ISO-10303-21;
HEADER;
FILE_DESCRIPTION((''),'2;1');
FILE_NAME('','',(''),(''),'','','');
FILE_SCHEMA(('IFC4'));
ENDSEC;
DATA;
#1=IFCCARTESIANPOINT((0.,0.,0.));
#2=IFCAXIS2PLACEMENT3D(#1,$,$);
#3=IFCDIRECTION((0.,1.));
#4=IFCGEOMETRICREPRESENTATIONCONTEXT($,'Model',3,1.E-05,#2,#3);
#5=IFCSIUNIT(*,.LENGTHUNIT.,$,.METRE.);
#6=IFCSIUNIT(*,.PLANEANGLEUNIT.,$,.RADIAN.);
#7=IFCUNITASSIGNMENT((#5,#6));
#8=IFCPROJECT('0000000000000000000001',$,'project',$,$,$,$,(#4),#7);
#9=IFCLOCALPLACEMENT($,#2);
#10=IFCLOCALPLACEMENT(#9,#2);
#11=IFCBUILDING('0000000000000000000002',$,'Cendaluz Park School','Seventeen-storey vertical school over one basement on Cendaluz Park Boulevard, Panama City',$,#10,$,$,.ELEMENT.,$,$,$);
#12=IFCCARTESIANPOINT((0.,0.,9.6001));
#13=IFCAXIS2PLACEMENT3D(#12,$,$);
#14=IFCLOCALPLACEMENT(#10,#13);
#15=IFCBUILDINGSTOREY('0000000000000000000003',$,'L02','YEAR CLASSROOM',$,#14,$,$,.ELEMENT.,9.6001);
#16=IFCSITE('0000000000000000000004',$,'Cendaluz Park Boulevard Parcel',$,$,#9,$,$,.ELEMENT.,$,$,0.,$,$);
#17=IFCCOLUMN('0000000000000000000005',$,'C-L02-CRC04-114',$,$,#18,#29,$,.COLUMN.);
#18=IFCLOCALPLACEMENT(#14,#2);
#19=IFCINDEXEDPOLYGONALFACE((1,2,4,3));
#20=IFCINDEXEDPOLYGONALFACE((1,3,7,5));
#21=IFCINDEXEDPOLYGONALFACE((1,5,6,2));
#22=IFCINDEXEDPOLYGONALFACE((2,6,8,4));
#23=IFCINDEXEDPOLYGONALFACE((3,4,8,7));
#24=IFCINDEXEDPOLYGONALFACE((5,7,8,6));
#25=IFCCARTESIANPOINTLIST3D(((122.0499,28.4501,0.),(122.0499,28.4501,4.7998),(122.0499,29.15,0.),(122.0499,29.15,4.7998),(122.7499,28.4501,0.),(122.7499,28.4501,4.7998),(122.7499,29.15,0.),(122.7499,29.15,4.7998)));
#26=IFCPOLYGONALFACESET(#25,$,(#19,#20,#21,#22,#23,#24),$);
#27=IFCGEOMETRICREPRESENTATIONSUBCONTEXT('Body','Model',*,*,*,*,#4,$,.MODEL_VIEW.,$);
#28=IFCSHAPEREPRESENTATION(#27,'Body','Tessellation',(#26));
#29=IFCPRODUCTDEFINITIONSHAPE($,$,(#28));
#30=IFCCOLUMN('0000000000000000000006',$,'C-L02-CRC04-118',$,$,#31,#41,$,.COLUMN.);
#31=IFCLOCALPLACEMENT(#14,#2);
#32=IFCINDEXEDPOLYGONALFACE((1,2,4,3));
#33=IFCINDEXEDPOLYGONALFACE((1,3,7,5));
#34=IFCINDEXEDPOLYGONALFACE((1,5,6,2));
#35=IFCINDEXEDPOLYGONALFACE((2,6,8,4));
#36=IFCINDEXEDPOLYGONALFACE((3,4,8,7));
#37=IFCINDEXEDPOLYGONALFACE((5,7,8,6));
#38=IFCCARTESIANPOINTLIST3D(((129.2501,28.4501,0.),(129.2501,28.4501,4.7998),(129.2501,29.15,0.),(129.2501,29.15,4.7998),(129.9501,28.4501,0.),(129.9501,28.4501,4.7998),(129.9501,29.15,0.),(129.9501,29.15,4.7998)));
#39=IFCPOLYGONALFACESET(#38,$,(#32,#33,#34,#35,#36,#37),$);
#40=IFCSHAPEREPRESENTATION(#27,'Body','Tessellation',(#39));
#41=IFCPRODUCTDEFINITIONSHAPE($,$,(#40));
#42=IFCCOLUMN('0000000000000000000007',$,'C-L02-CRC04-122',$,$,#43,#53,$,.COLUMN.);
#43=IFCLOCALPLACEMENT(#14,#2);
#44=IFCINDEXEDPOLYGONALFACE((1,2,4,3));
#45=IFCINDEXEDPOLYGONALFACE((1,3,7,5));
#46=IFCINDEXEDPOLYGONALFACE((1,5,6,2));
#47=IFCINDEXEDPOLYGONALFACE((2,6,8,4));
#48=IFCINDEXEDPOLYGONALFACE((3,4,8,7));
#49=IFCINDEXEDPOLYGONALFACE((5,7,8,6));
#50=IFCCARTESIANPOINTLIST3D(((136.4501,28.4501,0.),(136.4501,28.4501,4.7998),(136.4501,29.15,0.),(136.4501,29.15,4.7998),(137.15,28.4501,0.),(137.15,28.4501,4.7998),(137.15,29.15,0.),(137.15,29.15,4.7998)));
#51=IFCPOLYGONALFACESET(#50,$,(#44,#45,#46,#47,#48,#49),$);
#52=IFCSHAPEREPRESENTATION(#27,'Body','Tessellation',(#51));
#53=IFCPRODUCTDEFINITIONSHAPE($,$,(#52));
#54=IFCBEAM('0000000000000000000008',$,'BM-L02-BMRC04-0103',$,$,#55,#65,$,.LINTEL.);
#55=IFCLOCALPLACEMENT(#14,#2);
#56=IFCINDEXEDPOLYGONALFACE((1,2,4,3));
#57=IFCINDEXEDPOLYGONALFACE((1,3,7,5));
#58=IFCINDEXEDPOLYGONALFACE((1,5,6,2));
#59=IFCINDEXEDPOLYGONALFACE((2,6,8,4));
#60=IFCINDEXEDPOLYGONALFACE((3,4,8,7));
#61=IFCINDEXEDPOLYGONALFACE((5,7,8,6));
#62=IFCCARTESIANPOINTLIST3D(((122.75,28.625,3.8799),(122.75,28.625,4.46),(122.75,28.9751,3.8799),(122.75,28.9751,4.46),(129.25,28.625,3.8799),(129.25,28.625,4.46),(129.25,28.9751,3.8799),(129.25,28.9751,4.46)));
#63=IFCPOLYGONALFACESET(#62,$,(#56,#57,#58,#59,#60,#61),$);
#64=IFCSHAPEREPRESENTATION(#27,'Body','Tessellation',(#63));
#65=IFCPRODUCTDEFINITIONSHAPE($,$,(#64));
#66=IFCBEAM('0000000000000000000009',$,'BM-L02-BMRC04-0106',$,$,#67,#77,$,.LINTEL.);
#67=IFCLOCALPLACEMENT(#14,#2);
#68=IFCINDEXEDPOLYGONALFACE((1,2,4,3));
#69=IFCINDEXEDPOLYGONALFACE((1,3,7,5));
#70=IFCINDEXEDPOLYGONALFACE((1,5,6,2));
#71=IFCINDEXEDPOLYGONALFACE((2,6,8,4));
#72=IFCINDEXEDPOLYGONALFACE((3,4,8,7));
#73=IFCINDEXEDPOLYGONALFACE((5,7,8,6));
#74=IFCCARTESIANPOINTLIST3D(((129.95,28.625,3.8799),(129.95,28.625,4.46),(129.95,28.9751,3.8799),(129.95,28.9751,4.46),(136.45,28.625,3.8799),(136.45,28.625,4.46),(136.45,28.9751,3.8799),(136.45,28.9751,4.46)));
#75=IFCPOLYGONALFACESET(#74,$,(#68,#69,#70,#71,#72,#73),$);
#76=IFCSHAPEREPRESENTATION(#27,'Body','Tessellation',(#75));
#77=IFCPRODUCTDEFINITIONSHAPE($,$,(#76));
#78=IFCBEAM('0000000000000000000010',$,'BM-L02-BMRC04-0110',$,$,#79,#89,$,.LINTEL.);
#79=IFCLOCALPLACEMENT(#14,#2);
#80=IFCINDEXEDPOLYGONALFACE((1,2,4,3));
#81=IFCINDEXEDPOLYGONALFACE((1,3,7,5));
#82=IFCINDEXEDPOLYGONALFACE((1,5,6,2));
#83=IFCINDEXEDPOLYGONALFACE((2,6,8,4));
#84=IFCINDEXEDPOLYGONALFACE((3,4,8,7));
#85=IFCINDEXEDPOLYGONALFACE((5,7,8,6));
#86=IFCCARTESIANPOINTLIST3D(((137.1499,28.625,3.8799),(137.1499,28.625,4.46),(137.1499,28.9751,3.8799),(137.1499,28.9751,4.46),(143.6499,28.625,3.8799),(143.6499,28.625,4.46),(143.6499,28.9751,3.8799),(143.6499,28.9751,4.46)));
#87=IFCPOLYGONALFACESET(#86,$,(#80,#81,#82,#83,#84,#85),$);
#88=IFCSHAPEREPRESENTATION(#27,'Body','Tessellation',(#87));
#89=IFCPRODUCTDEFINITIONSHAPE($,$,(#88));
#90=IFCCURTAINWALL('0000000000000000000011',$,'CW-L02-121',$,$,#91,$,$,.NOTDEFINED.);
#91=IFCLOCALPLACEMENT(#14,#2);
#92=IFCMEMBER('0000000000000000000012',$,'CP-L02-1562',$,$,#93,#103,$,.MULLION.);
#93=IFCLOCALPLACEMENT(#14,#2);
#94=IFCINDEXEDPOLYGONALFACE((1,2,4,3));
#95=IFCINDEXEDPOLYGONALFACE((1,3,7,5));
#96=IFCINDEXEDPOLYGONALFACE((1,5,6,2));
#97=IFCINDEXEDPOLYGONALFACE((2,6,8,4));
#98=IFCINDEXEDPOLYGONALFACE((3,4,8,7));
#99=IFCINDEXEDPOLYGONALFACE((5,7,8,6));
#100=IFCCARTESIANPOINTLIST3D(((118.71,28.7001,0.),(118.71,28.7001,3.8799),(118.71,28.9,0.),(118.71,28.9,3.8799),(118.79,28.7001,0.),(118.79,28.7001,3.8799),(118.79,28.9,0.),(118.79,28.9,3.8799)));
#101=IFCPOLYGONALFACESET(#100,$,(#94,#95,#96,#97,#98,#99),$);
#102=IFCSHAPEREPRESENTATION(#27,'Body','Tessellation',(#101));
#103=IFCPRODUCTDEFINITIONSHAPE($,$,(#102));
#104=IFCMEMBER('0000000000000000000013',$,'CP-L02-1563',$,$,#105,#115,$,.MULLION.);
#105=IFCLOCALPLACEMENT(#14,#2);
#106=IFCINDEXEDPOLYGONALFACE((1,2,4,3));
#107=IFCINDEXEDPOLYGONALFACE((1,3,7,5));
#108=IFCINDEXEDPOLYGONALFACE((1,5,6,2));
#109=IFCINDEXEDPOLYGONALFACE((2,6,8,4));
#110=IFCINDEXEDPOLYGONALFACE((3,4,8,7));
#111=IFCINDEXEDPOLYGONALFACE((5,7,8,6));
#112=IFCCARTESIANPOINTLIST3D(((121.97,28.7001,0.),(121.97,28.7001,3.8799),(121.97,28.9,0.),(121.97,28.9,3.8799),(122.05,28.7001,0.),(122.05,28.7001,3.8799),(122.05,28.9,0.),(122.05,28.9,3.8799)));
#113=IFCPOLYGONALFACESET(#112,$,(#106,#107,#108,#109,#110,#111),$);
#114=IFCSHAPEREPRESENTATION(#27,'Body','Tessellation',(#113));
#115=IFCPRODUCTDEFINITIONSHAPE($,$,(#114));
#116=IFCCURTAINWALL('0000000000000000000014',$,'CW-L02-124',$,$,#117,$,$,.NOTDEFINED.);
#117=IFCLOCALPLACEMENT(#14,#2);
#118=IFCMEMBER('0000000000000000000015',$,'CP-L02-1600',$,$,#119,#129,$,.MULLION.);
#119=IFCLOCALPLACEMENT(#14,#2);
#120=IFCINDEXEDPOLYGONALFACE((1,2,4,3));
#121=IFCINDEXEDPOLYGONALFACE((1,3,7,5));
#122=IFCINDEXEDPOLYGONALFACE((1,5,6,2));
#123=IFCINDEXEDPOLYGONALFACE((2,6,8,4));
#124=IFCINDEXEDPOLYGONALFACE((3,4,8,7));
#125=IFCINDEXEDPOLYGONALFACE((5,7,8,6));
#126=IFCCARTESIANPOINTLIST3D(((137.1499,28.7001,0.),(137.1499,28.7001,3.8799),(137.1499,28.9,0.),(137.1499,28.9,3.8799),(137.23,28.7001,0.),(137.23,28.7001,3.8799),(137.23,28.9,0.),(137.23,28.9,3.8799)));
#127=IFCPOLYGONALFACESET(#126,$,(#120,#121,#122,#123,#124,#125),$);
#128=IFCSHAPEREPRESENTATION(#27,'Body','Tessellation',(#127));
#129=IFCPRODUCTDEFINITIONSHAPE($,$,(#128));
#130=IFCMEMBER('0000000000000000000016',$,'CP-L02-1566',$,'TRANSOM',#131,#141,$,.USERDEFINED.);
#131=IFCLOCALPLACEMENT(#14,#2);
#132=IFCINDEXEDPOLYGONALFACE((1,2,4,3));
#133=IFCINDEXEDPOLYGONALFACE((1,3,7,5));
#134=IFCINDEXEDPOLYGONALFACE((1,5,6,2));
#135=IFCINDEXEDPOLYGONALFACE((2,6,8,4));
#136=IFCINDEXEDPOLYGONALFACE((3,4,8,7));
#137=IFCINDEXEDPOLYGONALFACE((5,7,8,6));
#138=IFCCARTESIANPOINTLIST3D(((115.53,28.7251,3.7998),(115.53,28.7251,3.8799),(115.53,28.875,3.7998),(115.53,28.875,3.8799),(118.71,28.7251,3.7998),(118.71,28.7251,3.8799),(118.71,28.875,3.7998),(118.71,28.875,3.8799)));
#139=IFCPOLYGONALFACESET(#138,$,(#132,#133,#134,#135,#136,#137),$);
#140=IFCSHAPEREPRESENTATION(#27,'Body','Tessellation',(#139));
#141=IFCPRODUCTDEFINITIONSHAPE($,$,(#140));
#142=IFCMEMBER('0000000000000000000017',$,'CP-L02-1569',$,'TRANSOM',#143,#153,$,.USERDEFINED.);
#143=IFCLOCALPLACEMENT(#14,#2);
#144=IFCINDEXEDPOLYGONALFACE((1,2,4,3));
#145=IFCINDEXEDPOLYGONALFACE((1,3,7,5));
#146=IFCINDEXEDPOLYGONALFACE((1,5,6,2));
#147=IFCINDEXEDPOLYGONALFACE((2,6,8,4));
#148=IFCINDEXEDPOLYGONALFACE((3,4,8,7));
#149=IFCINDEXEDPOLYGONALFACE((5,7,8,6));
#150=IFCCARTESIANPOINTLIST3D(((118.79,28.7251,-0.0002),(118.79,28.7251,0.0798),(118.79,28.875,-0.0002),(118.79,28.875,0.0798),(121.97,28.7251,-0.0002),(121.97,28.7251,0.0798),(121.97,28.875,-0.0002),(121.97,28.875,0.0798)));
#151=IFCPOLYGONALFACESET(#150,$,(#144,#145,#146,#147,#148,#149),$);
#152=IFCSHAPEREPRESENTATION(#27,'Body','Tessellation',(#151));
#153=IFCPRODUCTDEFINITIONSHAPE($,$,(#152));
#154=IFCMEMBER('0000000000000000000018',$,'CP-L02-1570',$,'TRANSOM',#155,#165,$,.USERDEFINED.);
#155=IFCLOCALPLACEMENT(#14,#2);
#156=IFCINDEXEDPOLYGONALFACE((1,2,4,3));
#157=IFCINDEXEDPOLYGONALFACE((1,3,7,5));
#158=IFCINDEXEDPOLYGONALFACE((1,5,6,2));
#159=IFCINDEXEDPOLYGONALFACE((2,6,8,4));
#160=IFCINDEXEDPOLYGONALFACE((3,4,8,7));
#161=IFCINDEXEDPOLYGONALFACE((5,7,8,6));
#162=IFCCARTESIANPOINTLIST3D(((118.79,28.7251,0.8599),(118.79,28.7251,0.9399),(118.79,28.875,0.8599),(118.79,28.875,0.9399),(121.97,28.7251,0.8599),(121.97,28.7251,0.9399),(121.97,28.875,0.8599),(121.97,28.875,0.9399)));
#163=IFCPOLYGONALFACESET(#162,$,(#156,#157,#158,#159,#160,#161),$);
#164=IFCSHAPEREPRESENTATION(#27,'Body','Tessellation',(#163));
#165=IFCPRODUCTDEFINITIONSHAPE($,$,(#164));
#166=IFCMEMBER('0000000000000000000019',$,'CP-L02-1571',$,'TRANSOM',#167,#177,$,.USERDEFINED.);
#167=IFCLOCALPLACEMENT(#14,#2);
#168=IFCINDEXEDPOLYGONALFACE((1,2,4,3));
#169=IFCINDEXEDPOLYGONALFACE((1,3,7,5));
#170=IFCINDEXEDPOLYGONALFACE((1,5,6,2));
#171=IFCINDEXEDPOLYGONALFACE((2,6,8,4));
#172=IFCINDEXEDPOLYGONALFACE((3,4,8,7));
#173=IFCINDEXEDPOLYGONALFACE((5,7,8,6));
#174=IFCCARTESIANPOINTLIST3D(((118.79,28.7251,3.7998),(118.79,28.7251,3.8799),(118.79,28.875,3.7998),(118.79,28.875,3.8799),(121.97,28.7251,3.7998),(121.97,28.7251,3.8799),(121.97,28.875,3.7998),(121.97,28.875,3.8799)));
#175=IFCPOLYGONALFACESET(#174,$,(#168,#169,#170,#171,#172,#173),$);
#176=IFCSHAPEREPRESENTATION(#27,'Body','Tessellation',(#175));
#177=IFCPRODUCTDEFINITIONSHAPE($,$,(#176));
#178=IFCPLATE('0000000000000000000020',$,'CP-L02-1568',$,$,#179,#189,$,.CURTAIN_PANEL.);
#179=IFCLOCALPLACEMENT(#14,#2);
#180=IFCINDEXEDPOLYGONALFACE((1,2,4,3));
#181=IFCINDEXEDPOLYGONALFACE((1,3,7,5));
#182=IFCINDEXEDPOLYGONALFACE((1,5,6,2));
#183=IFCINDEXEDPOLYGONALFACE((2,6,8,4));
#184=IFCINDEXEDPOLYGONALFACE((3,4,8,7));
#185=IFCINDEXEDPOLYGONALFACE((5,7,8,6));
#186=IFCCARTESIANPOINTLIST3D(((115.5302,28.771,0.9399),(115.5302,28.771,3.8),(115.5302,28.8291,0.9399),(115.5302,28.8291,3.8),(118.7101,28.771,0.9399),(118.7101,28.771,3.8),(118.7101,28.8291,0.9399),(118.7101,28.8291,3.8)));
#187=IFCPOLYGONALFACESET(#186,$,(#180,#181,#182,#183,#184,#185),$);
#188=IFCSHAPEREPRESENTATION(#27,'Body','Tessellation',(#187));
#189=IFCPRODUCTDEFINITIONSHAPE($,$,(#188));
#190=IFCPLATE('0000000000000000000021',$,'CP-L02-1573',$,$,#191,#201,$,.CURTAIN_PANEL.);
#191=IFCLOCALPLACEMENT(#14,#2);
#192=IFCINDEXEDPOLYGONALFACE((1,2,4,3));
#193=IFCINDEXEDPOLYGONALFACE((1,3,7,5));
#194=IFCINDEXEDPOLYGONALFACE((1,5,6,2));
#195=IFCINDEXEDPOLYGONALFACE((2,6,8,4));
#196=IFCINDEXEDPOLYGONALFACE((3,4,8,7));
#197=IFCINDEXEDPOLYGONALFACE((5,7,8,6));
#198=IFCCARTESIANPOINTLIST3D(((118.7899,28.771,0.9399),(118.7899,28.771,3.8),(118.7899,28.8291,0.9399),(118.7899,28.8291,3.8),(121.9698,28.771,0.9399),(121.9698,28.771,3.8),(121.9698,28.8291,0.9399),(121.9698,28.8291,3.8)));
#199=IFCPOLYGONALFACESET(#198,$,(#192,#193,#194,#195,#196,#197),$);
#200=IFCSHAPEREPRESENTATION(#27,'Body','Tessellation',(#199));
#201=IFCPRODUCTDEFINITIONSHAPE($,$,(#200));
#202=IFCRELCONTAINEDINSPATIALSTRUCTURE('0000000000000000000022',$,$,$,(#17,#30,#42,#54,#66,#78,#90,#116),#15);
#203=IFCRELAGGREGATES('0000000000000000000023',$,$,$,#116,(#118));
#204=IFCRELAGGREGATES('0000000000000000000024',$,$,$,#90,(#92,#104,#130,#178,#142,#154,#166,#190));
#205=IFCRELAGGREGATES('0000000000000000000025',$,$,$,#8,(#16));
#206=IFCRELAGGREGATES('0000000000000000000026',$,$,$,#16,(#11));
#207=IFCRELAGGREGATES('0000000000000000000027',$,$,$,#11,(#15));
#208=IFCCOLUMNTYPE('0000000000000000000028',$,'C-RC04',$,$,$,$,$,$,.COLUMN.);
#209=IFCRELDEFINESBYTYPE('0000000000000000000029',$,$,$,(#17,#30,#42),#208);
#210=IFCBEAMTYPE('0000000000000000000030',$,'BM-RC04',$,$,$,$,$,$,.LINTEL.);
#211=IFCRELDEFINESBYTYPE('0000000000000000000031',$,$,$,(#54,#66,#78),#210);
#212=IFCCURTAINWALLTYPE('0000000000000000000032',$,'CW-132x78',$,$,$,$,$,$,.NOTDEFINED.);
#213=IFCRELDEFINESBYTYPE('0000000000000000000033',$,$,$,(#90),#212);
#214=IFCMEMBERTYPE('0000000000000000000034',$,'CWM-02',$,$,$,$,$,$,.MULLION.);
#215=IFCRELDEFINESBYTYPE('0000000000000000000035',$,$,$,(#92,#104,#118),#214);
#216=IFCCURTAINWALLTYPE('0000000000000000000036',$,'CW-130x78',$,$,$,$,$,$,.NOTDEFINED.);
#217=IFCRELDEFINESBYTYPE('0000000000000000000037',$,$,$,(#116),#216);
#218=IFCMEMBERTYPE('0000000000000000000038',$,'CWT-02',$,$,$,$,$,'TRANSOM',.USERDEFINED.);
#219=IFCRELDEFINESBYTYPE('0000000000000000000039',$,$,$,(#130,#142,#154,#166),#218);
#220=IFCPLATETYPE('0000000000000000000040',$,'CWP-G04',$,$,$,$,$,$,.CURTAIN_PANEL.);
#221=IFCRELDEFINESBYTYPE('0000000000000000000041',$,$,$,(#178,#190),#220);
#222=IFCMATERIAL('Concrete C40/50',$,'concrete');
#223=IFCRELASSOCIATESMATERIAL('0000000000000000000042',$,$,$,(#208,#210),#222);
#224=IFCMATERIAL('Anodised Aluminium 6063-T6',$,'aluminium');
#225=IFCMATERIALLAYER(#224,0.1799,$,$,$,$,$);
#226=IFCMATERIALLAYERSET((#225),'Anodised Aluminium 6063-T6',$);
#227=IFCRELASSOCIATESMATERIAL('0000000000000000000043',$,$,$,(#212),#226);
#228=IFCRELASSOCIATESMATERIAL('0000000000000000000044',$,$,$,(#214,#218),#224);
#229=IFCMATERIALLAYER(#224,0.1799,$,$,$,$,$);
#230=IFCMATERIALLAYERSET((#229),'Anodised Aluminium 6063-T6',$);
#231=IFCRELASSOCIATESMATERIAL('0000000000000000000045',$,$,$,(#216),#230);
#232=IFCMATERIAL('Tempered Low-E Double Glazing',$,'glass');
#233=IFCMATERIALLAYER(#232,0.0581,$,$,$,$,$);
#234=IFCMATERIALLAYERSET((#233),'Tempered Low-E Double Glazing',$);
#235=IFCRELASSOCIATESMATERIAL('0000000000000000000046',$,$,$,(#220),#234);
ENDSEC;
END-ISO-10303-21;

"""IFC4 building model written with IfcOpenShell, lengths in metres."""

from ifc_helpers import new_model, si_unit, direction, frame, origin, origin_2d, place, context, subcontext, project, spatial, rectangle, extrude, material, layer, layer_set, material_profile, profile_set, type_object, element, aggregate, save


model = new_model("IFC4")

# Units and contexts
model_context = context("Model", 3, precision=1e-05, world=origin(), true_north=direction((0.0, 1.0)))
body_context = subcontext(model_context, "Body", "Model", "MODEL_VIEW")
ifc_project = project(units=[si_unit("LENGTHUNIT", "METRE"), si_unit("PLANEANGLEUNIT", "RADIAN")], contexts=[model_context])

# Site, building, storey
site_placement = place(None, origin())
site = spatial("IfcSite", under=ifc_project, at=site_placement, Name="Cendaluz Park Boulevard Parcel", CompositionType="ELEMENT", RefElevation=0.0)
building_placement = place(site_placement, origin())
building = spatial("IfcBuilding", under=site, at=building_placement, Name="Cendaluz Park School", Description="Seventeen-storey vertical school over one basement on Cendaluz Park Boulevard, Panama City", CompositionType="ELEMENT")
storey_placement = place(building_placement, frame((0.0, 0.0, 9.6001)))
storey = spatial("IfcBuildingStorey", under=building, at=storey_placement, Name="L02", Description="YEAR CLASSROOM", CompositionType="ELEMENT", Elevation=9.6001)

# Columns
ifc_material_1 = material(Name="Concrete C40/50", Category="concrete")
ifc_material_profile_1 = material_profile(ifc_material_1, rectangle(XDim=0.7, YDim=0.7, at=origin_2d()), Name="RC 700x700", Category="concrete")
ifc_profile_set_1 = profile_set([ifc_material_profile_1], Name="Concrete C40/50")
column_type = type_object("IfcColumnType", Name="C-RC04", PredefinedType="COLUMN", material=ifc_profile_set_1)
for number, where, z_axis, x_axis, name in (
    (1, (122.3999, 28.8, 0.0), (0.0, 0.0, 1.0), (1.0, 0.0, 0.0), "C-L02-CRC04-114"),
    (2, (129.6001, 28.8, 0.0), (0.0, 0.0, 1.0), (1.0, 0.0, 0.0), "C-L02-CRC04-118"),
    (3, (136.8, 28.8, 0.0), (0.0, 0.0, 1.0), (1.0, 0.0, 0.0), "C-L02-CRC04-122"),
):
    element("IfcColumn", number, at=place(storey_placement, frame(where, z_axis=z_axis, x_axis=x_axis)), inside=storey, type_object=column_type, Name=name, PredefinedType="COLUMN", context=body_context, shape_type="SweptSolid", body=[
        extrude(rectangle(XDim=0.7, YDim=0.7, at=origin_2d()), origin(), (0.0, 0.0, 1.0), 4.7998),
    ])

# Beams
ifc_material_profile_2 = material_profile(ifc_material_1, rectangle(XDim=0.3501, YDim=0.5801, at=origin_2d()), Name="RC 350x580", Category="concrete")
ifc_profile_set_2 = profile_set([ifc_material_profile_2], Name="Concrete C40/50")
beam_type = type_object("IfcBeamType", Name="BM-RC04", PredefinedType="LINTEL", material=ifc_profile_set_2)
for number, where, z_axis, x_axis, name in (
    (4, (122.75, 28.8, 4.1699), (1.0, 0.0, 0.0), (0.0, 1.0, 0.0), "BM-L02-BMRC04-0103"),
    (5, (129.95, 28.8, 4.1699), (1.0, 0.0, 0.0), (0.0, 1.0, 0.0), "BM-L02-BMRC04-0106"),
    (6, (137.1499, 28.8, 4.1699), (1.0, 0.0, 0.0), (0.0, 1.0, 0.0), "BM-L02-BMRC04-0110"),
):
    element("IfcBeam", number, at=place(storey_placement, frame(where, z_axis=z_axis, x_axis=x_axis)), inside=storey, type_object=beam_type, Name=name, PredefinedType="LINTEL", context=body_context, shape_type="SweptSolid", body=[
        extrude(rectangle(XDim=0.3501, YDim=0.5801, at=origin_2d()), origin(), (0.0, 0.0, 1.0), 6.5),
    ])

# Curtain wall, members
ifc_material_2 = material(Name="Anodised Aluminium 6063-T6", Category="aluminium")
ifc_layer_1 = layer(ifc_material_2, 0.1799)
ifc_layer_set_1 = layer_set([ifc_layer_1], Name="Anodised Aluminium 6063-T6")
curtain_wall_type_1 = type_object("IfcCurtainWallType", Name="CW-132x78", PredefinedType="NOTDEFINED", material=ifc_layer_set_1)
curtain_wall_1_placement = place(storey_placement, origin())
curtain_wall_1 = element("IfcCurtainWall", 7, at=curtain_wall_1_placement, inside=storey, type_object=curtain_wall_type_1, Name="CW-L02-121", PredefinedType="NOTDEFINED")
ifc_material_profile_3 = material_profile(ifc_material_2, rectangle(XDim=0.2, YDim=0.0801, at=origin_2d()), Name="CWM 200x80", Category="aluminium")
ifc_profile_set_3 = profile_set([ifc_material_profile_3], Name="Anodised Aluminium 6063-T6")
member_type_1 = type_object("IfcMemberType", Name="CWM-02", PredefinedType="MULLION", material=ifc_profile_set_3)
member_1_placement = place(storey_placement, frame((118.75, 28.8, 0.0), z_axis=(0.0, 0.0, 1.0), x_axis=(0.0, 1.0, 0.0)))
member_1 = element("IfcMember", 8, at=member_1_placement, type_object=member_type_1, Name="CP-L02-1562", PredefinedType="MULLION", context=body_context, shape_type="SweptSolid", body=[
    extrude(rectangle(XDim=0.2, YDim=0.0801, at=origin_2d()), origin(), (0.0, 0.0, 1.0), 3.8799),
])
member_2_placement = place(storey_placement, frame((122.01, 28.8, 0.0), z_axis=(0.0, 0.0, 1.0), x_axis=(0.0, 1.0, 0.0)))
member_2 = element("IfcMember", 9, at=member_2_placement, type_object=member_type_1, Name="CP-L02-1563", PredefinedType="MULLION", context=body_context, shape_type="SweptSolid", body=[
    extrude(rectangle(XDim=0.2, YDim=0.0801, at=origin_2d()), origin(), (0.0, 0.0, 1.0), 3.8799),
])

# Curtain wall, member
ifc_layer_2 = layer(ifc_material_2, 0.1799)
ifc_layer_set_2 = layer_set([ifc_layer_2], Name="Anodised Aluminium 6063-T6")
curtain_wall_type_2 = type_object("IfcCurtainWallType", Name="CW-130x78", PredefinedType="NOTDEFINED", material=ifc_layer_set_2)
curtain_wall_2_placement = place(storey_placement, origin())
curtain_wall_2 = element("IfcCurtainWall", 10, at=curtain_wall_2_placement, inside=storey, type_object=curtain_wall_type_2, Name="CW-L02-124", PredefinedType="NOTDEFINED")
member_3_placement = place(storey_placement, frame((137.1899, 28.8, 0.0), z_axis=(0.0, 0.0, 1.0), x_axis=(0.0, 1.0, 0.0)))
member_3 = element("IfcMember", 11, at=member_3_placement, type_object=member_type_1, Name="CP-L02-1600", PredefinedType="MULLION", context=body_context, shape_type="SweptSolid", body=[
    extrude(rectangle(XDim=0.2, YDim=0.0801, at=origin_2d()), origin(), (0.0, 0.0, 1.0), 3.8799),
])
aggregate(curtain_wall_2, [member_3])

# Members
ifc_material_profile_4 = material_profile(ifc_material_2, rectangle(XDim=0.1499, YDim=0.0801, at=origin_2d()), Name="CWT 150x80", Category="aluminium")
ifc_profile_set_4 = profile_set([ifc_material_profile_4], Name="Anodised Aluminium 6063-T6")
member_type_2 = type_object("IfcMemberType", Name="CWT-02", ElementType="TRANSOM", PredefinedType="USERDEFINED", material=ifc_profile_set_4)
member_4_placement = place(storey_placement, frame((115.53, 28.8, 3.8398), z_axis=(1.0, 0.0, 0.0), x_axis=(0.0, 1.0, 0.0)))
member_4 = element("IfcMember", 12, at=member_4_placement, type_object=member_type_2, Name="CP-L02-1566", ObjectType="TRANSOM", PredefinedType="USERDEFINED", context=body_context, shape_type="SweptSolid", body=[
    extrude(rectangle(XDim=0.1499, YDim=0.0801, at=origin_2d()), origin(), (0.0, 0.0, 1.0), 3.1799),
])
member_5_placement = place(storey_placement, frame((118.79, 28.8, 0.0398), z_axis=(1.0, 0.0, 0.0), x_axis=(0.0, 1.0, 0.0)))
member_5 = element("IfcMember", 13, at=member_5_placement, type_object=member_type_2, Name="CP-L02-1569", ObjectType="TRANSOM", PredefinedType="USERDEFINED", context=body_context, shape_type="SweptSolid", body=[
    extrude(rectangle(XDim=0.1499, YDim=0.0801, at=origin_2d()), origin(), (0.0, 0.0, 1.0), 3.1799),
])
member_6_placement = place(storey_placement, frame((118.79, 28.8, 0.8999), z_axis=(1.0, 0.0, 0.0), x_axis=(0.0, 1.0, 0.0)))
member_6 = element("IfcMember", 14, at=member_6_placement, type_object=member_type_2, Name="CP-L02-1570", ObjectType="TRANSOM", PredefinedType="USERDEFINED", context=body_context, shape_type="SweptSolid", body=[
    extrude(rectangle(XDim=0.1499, YDim=0.0801, at=origin_2d()), origin(), (0.0, 0.0, 1.0), 3.1799),
])
member_7_placement = place(storey_placement, frame((118.79, 28.8, 3.8398), z_axis=(1.0, 0.0, 0.0), x_axis=(0.0, 1.0, 0.0)))
member_7 = element("IfcMember", 15, at=member_7_placement, type_object=member_type_2, Name="CP-L02-1571", ObjectType="TRANSOM", PredefinedType="USERDEFINED", context=body_context, shape_type="SweptSolid", body=[
    extrude(rectangle(XDim=0.1499, YDim=0.0801, at=origin_2d()), origin(), (0.0, 0.0, 1.0), 3.1799),
])

# Plates
ifc_material_3 = material(Name="Tempered Low-E Double Glazing", Category="glass")
ifc_layer_3 = layer(ifc_material_3, 0.0581)
ifc_layer_set_3 = layer_set([ifc_layer_3], Name="Tempered Low-E Double Glazing")
plate_type_1 = type_object("IfcPlateType", Name="CWP-G04", PredefinedType="CURTAIN_PANEL", material=ifc_layer_set_3)
plate_1_placement = place(storey_placement, frame((117.1201, 28.8, 0.9399), z_axis=(0.0, 0.0, 1.0), x_axis=(1.0, 0.0, 0.0)))
plate_1 = element("IfcPlate", 16, at=plate_1_placement, type_object=plate_type_1, Name="CP-L02-1568", PredefinedType="CURTAIN_PANEL", context=body_context, shape_type="SweptSolid", body=[
    extrude(rectangle(XDim=3.1799, YDim=0.0581, at=origin_2d()), origin(), (0.0, 0.0, 1.0), 2.8601),
])
plate_2_placement = place(storey_placement, frame((120.3799, 28.8, 0.9399), z_axis=(0.0, 0.0, 1.0), x_axis=(1.0, 0.0, 0.0)))
plate_2 = element("IfcPlate", 17, at=plate_2_placement, type_object=plate_type_1, Name="CP-L02-1573", PredefinedType="CURTAIN_PANEL", context=body_context, shape_type="SweptSolid", body=[
    extrude(rectangle(XDim=3.1799, YDim=0.0581, at=origin_2d()), origin(), (0.0, 0.0, 1.0), 2.8601),
])
aggregate(curtain_wall_1, [member_1, member_2, member_4, plate_1, member_5, member_6, member_7, plate_2])

save(model, "model.ifc")
